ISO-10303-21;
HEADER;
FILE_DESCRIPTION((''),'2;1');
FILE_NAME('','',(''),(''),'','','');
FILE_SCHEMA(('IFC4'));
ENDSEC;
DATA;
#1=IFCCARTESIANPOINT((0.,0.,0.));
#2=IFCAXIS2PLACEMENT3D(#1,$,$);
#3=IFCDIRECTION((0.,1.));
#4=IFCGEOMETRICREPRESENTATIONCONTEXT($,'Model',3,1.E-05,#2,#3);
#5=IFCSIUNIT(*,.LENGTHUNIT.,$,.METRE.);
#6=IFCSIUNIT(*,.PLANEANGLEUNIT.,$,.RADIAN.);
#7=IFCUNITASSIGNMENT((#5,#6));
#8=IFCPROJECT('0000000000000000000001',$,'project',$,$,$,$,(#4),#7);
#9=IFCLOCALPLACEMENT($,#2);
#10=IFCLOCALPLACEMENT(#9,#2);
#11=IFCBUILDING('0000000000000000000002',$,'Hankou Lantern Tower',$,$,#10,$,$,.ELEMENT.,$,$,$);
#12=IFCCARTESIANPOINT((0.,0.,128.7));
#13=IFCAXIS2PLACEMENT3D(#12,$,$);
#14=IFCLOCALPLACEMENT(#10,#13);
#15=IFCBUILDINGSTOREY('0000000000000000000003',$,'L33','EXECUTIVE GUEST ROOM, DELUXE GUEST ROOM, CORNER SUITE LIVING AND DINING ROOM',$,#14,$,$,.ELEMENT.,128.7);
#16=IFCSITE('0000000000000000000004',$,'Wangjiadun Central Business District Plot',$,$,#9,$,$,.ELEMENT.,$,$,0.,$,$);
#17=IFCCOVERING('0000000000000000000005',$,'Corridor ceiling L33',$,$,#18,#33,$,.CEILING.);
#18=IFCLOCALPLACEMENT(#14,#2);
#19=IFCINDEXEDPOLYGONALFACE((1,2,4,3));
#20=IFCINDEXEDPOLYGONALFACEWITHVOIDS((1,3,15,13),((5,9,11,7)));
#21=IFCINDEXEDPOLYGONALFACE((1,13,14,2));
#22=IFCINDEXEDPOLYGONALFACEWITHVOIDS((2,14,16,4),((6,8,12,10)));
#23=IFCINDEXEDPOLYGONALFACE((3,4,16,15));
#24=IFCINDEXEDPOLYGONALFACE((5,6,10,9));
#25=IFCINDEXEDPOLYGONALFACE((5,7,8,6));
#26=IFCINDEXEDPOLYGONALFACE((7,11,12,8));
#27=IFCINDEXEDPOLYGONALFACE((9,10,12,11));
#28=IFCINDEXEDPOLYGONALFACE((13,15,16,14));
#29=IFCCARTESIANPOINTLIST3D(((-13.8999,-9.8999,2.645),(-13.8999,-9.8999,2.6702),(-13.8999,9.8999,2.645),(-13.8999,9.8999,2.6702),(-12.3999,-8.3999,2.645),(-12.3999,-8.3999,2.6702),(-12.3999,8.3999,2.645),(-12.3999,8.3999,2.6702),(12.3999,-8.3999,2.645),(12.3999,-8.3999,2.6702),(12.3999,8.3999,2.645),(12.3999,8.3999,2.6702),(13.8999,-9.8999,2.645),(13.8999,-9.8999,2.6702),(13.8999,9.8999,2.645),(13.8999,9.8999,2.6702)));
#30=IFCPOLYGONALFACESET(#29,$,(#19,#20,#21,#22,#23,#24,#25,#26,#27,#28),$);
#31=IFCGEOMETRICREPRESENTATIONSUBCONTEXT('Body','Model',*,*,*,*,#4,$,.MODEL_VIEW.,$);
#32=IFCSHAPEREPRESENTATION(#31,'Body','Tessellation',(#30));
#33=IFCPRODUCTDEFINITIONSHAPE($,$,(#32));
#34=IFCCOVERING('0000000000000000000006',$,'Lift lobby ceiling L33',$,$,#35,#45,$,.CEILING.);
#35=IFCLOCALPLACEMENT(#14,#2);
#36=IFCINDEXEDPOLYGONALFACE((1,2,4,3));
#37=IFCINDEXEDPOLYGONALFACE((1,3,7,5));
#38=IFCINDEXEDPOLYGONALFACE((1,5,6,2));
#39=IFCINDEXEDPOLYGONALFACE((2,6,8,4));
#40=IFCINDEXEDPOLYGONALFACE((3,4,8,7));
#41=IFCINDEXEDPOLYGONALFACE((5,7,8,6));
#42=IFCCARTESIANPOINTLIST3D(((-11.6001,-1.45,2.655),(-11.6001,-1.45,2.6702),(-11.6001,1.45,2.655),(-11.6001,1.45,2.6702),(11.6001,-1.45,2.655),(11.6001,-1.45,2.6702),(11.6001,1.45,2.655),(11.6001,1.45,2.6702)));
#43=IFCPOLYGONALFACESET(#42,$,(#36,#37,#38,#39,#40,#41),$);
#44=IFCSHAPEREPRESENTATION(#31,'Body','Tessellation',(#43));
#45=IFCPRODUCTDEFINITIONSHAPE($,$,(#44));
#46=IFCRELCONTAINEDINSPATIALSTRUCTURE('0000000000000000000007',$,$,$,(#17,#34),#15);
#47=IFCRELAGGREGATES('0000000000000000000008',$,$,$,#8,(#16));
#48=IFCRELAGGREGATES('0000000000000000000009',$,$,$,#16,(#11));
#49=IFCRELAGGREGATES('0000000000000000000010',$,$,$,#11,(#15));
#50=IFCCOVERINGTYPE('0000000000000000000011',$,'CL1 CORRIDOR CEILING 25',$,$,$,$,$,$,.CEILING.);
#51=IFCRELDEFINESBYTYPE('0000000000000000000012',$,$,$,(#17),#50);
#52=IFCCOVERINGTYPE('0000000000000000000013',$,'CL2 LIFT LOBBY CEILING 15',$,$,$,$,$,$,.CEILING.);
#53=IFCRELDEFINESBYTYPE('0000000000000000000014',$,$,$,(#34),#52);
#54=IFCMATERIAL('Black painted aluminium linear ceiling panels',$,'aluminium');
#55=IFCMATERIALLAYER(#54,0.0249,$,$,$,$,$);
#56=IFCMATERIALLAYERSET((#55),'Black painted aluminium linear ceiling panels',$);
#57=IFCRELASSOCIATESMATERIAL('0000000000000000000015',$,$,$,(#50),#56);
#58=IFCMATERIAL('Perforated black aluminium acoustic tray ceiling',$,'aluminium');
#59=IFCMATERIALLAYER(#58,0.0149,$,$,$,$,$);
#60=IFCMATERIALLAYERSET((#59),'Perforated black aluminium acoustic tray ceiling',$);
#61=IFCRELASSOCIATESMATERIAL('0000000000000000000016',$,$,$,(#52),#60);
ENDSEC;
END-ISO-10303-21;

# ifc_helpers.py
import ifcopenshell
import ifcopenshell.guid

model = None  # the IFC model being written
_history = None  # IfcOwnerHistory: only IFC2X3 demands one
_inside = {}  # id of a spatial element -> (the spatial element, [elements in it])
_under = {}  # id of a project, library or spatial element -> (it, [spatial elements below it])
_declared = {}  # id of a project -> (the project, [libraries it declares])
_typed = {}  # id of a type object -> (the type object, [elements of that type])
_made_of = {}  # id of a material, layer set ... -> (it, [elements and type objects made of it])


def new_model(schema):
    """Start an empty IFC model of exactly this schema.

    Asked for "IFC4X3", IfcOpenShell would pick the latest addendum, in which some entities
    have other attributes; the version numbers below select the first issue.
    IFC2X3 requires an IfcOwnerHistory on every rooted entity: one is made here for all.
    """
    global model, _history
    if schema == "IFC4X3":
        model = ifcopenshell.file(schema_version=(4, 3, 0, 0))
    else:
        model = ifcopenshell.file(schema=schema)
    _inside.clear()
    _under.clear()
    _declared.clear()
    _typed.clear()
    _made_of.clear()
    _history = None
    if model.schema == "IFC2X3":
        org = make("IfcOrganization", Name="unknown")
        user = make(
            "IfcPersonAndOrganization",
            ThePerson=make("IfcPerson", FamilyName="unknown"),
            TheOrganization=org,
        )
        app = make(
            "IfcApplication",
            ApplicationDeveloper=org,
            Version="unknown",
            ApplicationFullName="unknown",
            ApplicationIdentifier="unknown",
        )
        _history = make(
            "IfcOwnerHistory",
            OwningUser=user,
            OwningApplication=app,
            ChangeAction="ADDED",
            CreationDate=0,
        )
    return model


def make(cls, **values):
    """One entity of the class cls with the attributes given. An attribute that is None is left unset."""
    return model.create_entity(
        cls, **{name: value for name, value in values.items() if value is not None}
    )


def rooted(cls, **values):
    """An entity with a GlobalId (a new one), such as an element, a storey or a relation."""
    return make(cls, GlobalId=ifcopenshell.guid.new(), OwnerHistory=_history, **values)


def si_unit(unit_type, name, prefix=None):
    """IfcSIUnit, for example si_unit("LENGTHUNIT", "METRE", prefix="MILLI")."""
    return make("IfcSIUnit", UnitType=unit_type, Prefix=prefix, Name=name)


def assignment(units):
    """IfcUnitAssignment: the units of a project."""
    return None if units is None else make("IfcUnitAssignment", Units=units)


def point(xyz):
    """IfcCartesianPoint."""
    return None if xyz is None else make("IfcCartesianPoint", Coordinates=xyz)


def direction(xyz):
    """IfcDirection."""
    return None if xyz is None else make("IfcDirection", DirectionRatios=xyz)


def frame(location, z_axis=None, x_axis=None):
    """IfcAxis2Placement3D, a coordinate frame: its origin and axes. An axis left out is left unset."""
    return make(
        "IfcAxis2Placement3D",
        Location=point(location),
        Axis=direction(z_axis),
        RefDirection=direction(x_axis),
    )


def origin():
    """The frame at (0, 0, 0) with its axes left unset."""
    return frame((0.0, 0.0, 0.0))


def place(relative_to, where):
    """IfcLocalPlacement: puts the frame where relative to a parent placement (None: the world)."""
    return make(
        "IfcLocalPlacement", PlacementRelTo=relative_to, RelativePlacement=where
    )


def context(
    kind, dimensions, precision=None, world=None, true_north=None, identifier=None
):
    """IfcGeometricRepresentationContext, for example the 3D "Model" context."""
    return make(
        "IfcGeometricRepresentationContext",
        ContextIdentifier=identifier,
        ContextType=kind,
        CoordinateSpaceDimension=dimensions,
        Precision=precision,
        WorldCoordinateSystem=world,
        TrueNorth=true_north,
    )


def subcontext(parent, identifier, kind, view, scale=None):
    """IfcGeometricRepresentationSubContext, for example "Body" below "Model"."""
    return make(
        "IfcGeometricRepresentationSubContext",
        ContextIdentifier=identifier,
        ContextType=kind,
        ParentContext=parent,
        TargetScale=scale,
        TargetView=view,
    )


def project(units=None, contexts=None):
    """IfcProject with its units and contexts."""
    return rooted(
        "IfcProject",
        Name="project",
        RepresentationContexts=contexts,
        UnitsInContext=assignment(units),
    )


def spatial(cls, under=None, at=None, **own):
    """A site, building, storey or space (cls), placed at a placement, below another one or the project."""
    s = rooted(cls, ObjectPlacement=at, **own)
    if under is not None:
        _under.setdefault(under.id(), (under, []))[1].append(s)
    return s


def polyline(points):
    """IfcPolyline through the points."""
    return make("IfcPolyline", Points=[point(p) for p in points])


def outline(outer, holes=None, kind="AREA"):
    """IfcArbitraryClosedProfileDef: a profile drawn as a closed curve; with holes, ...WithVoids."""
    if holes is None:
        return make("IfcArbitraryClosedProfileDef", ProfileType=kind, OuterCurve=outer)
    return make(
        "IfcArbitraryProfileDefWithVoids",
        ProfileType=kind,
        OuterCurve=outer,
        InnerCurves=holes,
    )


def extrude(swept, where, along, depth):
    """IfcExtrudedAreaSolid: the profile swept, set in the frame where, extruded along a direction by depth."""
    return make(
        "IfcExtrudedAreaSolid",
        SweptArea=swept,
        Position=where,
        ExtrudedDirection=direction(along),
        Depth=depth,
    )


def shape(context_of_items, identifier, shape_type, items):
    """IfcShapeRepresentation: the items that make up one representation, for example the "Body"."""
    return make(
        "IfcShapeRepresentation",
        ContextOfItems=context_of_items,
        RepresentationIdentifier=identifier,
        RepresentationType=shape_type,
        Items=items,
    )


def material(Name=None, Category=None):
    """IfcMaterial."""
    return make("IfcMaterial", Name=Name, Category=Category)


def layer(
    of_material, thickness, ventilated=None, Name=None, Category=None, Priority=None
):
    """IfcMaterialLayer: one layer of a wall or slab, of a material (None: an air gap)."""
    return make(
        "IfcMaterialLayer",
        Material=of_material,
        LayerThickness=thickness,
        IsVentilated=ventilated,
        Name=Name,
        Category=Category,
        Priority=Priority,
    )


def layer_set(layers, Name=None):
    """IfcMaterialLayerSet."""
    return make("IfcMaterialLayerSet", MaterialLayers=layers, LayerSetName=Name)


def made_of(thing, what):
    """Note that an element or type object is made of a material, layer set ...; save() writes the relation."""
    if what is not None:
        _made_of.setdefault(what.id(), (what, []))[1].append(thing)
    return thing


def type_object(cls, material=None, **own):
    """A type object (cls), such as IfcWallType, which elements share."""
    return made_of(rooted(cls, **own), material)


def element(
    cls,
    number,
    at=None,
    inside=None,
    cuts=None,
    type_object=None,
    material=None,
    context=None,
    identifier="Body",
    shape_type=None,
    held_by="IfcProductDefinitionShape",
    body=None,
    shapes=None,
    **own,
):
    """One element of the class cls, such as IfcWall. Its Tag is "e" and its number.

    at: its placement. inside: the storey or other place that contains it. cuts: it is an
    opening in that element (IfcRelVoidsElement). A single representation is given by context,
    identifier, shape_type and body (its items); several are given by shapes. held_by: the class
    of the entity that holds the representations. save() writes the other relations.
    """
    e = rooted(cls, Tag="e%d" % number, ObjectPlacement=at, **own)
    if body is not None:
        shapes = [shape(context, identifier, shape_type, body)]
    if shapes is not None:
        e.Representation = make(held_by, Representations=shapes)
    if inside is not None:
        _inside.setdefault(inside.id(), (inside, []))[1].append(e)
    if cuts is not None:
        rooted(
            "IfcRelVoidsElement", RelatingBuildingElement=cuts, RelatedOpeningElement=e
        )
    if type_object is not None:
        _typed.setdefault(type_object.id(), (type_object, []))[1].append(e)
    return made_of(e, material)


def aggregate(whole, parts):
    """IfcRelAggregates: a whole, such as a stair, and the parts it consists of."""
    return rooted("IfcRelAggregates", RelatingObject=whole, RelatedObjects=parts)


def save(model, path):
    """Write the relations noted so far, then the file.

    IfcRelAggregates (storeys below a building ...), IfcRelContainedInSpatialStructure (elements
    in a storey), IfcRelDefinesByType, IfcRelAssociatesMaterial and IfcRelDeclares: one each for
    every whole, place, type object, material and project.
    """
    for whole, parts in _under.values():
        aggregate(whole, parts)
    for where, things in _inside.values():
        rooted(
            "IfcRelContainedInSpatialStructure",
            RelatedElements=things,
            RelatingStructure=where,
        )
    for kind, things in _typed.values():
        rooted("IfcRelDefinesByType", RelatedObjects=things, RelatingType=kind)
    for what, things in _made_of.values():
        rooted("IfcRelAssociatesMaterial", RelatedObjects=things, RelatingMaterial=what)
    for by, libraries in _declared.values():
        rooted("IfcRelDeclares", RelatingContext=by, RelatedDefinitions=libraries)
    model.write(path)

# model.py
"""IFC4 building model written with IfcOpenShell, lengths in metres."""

from ifc_helpers import new_model, si_unit, direction, frame, origin, place, context, subcontext, project, spatial, polyline, outline, extrude, material, layer, layer_set, type_object, element, save


model = new_model("IFC4")

# Units and contexts
model_context = context("Model", 3, precision=1e-05, world=origin(), true_north=direction((0.0, 1.0)))
body_context = subcontext(model_context, "Body", "Model", "MODEL_VIEW")
ifc_project = project(units=[si_unit("LENGTHUNIT", "METRE"), si_unit("PLANEANGLEUNIT", "RADIAN")], contexts=[model_context])

# Site, building, storey
site_placement = place(None, origin())
site = spatial("IfcSite", under=ifc_project, at=site_placement, Name="Wangjiadun Central Business District Plot", CompositionType="ELEMENT", RefElevation=0.0)
building_placement = place(site_placement, origin())
building = spatial("IfcBuilding", under=site, at=building_placement, Name="Hankou Lantern Tower", CompositionType="ELEMENT")
storey_placement = place(building_placement, frame((0.0, 0.0, 128.7)))
storey = spatial("IfcBuildingStorey", under=building, at=storey_placement, Name="L33", Description="EXECUTIVE GUEST ROOM, DELUXE GUEST ROOM, CORNER SUITE LIVING AND DINING ROOM", CompositionType="ELEMENT", Elevation=128.7)

# Coverings
ifc_material_1 = material(Name="Black painted aluminium linear ceiling panels", Category="aluminium")
ifc_layer_1 = layer(ifc_material_1, 0.0249)
ifc_layer_set_1 = layer_set([ifc_layer_1], Name="Black painted aluminium linear ceiling panels")
covering_type_1 = type_object("IfcCoveringType", Name="CL1 CORRIDOR CEILING 25", PredefinedType="CEILING", material=ifc_layer_set_1)
covering_1_placement = place(storey_placement, frame((0.0, 0.0, 2.645)))
element("IfcCovering", 1, at=covering_1_placement, inside=storey, type_object=covering_type_1, Name="Corridor ceiling L33", PredefinedType="CEILING", context=body_context, shape_type="SweptSolid", body=[
    extrude(outline(polyline([(-13.8999, -9.8999), (13.8999, -9.8999), (13.8999, 9.8999), (-13.8999, 9.8999), (-13.8999, -9.8999)]), holes=[polyline([(-12.3999, 8.3999), (12.3999, 8.3999), (12.3999, -8.3999), (-12.3999, -8.3999), (-12.3999, 8.3999)])]), origin(), (0.0, 0.0, 1.0), 0.0251),
])
ifc_material_2 = material(Name="Perforated black aluminium acoustic tray ceiling", Category="aluminium")
ifc_layer_2 = layer(ifc_material_2, 0.0149)
ifc_layer_set_2 = layer_set([ifc_layer_2], Name="Perforated black aluminium acoustic tray ceiling")
covering_type_2 = type_object("IfcCoveringType", Name="CL2 LIFT LOBBY CEILING 15", PredefinedType="CEILING", material=ifc_layer_set_2)
covering_2_placement = place(storey_placement, frame((0.0, 0.0, 2.655)))
element("IfcCovering", 2, at=covering_2_placement, inside=storey, type_object=covering_type_2, Name="Lift lobby ceiling L33", PredefinedType="CEILING", context=body_context, shape_type="SweptSolid", body=[
    extrude(outline(polyline([(-11.6001, -1.45), (11.6001, -1.45), (11.6001, 1.45), (-11.6001, 1.45), (-11.6001, -1.45)])), origin(), (0.0, 0.0, 1.0), 0.0151),
])

save(model, "model.ifc")
